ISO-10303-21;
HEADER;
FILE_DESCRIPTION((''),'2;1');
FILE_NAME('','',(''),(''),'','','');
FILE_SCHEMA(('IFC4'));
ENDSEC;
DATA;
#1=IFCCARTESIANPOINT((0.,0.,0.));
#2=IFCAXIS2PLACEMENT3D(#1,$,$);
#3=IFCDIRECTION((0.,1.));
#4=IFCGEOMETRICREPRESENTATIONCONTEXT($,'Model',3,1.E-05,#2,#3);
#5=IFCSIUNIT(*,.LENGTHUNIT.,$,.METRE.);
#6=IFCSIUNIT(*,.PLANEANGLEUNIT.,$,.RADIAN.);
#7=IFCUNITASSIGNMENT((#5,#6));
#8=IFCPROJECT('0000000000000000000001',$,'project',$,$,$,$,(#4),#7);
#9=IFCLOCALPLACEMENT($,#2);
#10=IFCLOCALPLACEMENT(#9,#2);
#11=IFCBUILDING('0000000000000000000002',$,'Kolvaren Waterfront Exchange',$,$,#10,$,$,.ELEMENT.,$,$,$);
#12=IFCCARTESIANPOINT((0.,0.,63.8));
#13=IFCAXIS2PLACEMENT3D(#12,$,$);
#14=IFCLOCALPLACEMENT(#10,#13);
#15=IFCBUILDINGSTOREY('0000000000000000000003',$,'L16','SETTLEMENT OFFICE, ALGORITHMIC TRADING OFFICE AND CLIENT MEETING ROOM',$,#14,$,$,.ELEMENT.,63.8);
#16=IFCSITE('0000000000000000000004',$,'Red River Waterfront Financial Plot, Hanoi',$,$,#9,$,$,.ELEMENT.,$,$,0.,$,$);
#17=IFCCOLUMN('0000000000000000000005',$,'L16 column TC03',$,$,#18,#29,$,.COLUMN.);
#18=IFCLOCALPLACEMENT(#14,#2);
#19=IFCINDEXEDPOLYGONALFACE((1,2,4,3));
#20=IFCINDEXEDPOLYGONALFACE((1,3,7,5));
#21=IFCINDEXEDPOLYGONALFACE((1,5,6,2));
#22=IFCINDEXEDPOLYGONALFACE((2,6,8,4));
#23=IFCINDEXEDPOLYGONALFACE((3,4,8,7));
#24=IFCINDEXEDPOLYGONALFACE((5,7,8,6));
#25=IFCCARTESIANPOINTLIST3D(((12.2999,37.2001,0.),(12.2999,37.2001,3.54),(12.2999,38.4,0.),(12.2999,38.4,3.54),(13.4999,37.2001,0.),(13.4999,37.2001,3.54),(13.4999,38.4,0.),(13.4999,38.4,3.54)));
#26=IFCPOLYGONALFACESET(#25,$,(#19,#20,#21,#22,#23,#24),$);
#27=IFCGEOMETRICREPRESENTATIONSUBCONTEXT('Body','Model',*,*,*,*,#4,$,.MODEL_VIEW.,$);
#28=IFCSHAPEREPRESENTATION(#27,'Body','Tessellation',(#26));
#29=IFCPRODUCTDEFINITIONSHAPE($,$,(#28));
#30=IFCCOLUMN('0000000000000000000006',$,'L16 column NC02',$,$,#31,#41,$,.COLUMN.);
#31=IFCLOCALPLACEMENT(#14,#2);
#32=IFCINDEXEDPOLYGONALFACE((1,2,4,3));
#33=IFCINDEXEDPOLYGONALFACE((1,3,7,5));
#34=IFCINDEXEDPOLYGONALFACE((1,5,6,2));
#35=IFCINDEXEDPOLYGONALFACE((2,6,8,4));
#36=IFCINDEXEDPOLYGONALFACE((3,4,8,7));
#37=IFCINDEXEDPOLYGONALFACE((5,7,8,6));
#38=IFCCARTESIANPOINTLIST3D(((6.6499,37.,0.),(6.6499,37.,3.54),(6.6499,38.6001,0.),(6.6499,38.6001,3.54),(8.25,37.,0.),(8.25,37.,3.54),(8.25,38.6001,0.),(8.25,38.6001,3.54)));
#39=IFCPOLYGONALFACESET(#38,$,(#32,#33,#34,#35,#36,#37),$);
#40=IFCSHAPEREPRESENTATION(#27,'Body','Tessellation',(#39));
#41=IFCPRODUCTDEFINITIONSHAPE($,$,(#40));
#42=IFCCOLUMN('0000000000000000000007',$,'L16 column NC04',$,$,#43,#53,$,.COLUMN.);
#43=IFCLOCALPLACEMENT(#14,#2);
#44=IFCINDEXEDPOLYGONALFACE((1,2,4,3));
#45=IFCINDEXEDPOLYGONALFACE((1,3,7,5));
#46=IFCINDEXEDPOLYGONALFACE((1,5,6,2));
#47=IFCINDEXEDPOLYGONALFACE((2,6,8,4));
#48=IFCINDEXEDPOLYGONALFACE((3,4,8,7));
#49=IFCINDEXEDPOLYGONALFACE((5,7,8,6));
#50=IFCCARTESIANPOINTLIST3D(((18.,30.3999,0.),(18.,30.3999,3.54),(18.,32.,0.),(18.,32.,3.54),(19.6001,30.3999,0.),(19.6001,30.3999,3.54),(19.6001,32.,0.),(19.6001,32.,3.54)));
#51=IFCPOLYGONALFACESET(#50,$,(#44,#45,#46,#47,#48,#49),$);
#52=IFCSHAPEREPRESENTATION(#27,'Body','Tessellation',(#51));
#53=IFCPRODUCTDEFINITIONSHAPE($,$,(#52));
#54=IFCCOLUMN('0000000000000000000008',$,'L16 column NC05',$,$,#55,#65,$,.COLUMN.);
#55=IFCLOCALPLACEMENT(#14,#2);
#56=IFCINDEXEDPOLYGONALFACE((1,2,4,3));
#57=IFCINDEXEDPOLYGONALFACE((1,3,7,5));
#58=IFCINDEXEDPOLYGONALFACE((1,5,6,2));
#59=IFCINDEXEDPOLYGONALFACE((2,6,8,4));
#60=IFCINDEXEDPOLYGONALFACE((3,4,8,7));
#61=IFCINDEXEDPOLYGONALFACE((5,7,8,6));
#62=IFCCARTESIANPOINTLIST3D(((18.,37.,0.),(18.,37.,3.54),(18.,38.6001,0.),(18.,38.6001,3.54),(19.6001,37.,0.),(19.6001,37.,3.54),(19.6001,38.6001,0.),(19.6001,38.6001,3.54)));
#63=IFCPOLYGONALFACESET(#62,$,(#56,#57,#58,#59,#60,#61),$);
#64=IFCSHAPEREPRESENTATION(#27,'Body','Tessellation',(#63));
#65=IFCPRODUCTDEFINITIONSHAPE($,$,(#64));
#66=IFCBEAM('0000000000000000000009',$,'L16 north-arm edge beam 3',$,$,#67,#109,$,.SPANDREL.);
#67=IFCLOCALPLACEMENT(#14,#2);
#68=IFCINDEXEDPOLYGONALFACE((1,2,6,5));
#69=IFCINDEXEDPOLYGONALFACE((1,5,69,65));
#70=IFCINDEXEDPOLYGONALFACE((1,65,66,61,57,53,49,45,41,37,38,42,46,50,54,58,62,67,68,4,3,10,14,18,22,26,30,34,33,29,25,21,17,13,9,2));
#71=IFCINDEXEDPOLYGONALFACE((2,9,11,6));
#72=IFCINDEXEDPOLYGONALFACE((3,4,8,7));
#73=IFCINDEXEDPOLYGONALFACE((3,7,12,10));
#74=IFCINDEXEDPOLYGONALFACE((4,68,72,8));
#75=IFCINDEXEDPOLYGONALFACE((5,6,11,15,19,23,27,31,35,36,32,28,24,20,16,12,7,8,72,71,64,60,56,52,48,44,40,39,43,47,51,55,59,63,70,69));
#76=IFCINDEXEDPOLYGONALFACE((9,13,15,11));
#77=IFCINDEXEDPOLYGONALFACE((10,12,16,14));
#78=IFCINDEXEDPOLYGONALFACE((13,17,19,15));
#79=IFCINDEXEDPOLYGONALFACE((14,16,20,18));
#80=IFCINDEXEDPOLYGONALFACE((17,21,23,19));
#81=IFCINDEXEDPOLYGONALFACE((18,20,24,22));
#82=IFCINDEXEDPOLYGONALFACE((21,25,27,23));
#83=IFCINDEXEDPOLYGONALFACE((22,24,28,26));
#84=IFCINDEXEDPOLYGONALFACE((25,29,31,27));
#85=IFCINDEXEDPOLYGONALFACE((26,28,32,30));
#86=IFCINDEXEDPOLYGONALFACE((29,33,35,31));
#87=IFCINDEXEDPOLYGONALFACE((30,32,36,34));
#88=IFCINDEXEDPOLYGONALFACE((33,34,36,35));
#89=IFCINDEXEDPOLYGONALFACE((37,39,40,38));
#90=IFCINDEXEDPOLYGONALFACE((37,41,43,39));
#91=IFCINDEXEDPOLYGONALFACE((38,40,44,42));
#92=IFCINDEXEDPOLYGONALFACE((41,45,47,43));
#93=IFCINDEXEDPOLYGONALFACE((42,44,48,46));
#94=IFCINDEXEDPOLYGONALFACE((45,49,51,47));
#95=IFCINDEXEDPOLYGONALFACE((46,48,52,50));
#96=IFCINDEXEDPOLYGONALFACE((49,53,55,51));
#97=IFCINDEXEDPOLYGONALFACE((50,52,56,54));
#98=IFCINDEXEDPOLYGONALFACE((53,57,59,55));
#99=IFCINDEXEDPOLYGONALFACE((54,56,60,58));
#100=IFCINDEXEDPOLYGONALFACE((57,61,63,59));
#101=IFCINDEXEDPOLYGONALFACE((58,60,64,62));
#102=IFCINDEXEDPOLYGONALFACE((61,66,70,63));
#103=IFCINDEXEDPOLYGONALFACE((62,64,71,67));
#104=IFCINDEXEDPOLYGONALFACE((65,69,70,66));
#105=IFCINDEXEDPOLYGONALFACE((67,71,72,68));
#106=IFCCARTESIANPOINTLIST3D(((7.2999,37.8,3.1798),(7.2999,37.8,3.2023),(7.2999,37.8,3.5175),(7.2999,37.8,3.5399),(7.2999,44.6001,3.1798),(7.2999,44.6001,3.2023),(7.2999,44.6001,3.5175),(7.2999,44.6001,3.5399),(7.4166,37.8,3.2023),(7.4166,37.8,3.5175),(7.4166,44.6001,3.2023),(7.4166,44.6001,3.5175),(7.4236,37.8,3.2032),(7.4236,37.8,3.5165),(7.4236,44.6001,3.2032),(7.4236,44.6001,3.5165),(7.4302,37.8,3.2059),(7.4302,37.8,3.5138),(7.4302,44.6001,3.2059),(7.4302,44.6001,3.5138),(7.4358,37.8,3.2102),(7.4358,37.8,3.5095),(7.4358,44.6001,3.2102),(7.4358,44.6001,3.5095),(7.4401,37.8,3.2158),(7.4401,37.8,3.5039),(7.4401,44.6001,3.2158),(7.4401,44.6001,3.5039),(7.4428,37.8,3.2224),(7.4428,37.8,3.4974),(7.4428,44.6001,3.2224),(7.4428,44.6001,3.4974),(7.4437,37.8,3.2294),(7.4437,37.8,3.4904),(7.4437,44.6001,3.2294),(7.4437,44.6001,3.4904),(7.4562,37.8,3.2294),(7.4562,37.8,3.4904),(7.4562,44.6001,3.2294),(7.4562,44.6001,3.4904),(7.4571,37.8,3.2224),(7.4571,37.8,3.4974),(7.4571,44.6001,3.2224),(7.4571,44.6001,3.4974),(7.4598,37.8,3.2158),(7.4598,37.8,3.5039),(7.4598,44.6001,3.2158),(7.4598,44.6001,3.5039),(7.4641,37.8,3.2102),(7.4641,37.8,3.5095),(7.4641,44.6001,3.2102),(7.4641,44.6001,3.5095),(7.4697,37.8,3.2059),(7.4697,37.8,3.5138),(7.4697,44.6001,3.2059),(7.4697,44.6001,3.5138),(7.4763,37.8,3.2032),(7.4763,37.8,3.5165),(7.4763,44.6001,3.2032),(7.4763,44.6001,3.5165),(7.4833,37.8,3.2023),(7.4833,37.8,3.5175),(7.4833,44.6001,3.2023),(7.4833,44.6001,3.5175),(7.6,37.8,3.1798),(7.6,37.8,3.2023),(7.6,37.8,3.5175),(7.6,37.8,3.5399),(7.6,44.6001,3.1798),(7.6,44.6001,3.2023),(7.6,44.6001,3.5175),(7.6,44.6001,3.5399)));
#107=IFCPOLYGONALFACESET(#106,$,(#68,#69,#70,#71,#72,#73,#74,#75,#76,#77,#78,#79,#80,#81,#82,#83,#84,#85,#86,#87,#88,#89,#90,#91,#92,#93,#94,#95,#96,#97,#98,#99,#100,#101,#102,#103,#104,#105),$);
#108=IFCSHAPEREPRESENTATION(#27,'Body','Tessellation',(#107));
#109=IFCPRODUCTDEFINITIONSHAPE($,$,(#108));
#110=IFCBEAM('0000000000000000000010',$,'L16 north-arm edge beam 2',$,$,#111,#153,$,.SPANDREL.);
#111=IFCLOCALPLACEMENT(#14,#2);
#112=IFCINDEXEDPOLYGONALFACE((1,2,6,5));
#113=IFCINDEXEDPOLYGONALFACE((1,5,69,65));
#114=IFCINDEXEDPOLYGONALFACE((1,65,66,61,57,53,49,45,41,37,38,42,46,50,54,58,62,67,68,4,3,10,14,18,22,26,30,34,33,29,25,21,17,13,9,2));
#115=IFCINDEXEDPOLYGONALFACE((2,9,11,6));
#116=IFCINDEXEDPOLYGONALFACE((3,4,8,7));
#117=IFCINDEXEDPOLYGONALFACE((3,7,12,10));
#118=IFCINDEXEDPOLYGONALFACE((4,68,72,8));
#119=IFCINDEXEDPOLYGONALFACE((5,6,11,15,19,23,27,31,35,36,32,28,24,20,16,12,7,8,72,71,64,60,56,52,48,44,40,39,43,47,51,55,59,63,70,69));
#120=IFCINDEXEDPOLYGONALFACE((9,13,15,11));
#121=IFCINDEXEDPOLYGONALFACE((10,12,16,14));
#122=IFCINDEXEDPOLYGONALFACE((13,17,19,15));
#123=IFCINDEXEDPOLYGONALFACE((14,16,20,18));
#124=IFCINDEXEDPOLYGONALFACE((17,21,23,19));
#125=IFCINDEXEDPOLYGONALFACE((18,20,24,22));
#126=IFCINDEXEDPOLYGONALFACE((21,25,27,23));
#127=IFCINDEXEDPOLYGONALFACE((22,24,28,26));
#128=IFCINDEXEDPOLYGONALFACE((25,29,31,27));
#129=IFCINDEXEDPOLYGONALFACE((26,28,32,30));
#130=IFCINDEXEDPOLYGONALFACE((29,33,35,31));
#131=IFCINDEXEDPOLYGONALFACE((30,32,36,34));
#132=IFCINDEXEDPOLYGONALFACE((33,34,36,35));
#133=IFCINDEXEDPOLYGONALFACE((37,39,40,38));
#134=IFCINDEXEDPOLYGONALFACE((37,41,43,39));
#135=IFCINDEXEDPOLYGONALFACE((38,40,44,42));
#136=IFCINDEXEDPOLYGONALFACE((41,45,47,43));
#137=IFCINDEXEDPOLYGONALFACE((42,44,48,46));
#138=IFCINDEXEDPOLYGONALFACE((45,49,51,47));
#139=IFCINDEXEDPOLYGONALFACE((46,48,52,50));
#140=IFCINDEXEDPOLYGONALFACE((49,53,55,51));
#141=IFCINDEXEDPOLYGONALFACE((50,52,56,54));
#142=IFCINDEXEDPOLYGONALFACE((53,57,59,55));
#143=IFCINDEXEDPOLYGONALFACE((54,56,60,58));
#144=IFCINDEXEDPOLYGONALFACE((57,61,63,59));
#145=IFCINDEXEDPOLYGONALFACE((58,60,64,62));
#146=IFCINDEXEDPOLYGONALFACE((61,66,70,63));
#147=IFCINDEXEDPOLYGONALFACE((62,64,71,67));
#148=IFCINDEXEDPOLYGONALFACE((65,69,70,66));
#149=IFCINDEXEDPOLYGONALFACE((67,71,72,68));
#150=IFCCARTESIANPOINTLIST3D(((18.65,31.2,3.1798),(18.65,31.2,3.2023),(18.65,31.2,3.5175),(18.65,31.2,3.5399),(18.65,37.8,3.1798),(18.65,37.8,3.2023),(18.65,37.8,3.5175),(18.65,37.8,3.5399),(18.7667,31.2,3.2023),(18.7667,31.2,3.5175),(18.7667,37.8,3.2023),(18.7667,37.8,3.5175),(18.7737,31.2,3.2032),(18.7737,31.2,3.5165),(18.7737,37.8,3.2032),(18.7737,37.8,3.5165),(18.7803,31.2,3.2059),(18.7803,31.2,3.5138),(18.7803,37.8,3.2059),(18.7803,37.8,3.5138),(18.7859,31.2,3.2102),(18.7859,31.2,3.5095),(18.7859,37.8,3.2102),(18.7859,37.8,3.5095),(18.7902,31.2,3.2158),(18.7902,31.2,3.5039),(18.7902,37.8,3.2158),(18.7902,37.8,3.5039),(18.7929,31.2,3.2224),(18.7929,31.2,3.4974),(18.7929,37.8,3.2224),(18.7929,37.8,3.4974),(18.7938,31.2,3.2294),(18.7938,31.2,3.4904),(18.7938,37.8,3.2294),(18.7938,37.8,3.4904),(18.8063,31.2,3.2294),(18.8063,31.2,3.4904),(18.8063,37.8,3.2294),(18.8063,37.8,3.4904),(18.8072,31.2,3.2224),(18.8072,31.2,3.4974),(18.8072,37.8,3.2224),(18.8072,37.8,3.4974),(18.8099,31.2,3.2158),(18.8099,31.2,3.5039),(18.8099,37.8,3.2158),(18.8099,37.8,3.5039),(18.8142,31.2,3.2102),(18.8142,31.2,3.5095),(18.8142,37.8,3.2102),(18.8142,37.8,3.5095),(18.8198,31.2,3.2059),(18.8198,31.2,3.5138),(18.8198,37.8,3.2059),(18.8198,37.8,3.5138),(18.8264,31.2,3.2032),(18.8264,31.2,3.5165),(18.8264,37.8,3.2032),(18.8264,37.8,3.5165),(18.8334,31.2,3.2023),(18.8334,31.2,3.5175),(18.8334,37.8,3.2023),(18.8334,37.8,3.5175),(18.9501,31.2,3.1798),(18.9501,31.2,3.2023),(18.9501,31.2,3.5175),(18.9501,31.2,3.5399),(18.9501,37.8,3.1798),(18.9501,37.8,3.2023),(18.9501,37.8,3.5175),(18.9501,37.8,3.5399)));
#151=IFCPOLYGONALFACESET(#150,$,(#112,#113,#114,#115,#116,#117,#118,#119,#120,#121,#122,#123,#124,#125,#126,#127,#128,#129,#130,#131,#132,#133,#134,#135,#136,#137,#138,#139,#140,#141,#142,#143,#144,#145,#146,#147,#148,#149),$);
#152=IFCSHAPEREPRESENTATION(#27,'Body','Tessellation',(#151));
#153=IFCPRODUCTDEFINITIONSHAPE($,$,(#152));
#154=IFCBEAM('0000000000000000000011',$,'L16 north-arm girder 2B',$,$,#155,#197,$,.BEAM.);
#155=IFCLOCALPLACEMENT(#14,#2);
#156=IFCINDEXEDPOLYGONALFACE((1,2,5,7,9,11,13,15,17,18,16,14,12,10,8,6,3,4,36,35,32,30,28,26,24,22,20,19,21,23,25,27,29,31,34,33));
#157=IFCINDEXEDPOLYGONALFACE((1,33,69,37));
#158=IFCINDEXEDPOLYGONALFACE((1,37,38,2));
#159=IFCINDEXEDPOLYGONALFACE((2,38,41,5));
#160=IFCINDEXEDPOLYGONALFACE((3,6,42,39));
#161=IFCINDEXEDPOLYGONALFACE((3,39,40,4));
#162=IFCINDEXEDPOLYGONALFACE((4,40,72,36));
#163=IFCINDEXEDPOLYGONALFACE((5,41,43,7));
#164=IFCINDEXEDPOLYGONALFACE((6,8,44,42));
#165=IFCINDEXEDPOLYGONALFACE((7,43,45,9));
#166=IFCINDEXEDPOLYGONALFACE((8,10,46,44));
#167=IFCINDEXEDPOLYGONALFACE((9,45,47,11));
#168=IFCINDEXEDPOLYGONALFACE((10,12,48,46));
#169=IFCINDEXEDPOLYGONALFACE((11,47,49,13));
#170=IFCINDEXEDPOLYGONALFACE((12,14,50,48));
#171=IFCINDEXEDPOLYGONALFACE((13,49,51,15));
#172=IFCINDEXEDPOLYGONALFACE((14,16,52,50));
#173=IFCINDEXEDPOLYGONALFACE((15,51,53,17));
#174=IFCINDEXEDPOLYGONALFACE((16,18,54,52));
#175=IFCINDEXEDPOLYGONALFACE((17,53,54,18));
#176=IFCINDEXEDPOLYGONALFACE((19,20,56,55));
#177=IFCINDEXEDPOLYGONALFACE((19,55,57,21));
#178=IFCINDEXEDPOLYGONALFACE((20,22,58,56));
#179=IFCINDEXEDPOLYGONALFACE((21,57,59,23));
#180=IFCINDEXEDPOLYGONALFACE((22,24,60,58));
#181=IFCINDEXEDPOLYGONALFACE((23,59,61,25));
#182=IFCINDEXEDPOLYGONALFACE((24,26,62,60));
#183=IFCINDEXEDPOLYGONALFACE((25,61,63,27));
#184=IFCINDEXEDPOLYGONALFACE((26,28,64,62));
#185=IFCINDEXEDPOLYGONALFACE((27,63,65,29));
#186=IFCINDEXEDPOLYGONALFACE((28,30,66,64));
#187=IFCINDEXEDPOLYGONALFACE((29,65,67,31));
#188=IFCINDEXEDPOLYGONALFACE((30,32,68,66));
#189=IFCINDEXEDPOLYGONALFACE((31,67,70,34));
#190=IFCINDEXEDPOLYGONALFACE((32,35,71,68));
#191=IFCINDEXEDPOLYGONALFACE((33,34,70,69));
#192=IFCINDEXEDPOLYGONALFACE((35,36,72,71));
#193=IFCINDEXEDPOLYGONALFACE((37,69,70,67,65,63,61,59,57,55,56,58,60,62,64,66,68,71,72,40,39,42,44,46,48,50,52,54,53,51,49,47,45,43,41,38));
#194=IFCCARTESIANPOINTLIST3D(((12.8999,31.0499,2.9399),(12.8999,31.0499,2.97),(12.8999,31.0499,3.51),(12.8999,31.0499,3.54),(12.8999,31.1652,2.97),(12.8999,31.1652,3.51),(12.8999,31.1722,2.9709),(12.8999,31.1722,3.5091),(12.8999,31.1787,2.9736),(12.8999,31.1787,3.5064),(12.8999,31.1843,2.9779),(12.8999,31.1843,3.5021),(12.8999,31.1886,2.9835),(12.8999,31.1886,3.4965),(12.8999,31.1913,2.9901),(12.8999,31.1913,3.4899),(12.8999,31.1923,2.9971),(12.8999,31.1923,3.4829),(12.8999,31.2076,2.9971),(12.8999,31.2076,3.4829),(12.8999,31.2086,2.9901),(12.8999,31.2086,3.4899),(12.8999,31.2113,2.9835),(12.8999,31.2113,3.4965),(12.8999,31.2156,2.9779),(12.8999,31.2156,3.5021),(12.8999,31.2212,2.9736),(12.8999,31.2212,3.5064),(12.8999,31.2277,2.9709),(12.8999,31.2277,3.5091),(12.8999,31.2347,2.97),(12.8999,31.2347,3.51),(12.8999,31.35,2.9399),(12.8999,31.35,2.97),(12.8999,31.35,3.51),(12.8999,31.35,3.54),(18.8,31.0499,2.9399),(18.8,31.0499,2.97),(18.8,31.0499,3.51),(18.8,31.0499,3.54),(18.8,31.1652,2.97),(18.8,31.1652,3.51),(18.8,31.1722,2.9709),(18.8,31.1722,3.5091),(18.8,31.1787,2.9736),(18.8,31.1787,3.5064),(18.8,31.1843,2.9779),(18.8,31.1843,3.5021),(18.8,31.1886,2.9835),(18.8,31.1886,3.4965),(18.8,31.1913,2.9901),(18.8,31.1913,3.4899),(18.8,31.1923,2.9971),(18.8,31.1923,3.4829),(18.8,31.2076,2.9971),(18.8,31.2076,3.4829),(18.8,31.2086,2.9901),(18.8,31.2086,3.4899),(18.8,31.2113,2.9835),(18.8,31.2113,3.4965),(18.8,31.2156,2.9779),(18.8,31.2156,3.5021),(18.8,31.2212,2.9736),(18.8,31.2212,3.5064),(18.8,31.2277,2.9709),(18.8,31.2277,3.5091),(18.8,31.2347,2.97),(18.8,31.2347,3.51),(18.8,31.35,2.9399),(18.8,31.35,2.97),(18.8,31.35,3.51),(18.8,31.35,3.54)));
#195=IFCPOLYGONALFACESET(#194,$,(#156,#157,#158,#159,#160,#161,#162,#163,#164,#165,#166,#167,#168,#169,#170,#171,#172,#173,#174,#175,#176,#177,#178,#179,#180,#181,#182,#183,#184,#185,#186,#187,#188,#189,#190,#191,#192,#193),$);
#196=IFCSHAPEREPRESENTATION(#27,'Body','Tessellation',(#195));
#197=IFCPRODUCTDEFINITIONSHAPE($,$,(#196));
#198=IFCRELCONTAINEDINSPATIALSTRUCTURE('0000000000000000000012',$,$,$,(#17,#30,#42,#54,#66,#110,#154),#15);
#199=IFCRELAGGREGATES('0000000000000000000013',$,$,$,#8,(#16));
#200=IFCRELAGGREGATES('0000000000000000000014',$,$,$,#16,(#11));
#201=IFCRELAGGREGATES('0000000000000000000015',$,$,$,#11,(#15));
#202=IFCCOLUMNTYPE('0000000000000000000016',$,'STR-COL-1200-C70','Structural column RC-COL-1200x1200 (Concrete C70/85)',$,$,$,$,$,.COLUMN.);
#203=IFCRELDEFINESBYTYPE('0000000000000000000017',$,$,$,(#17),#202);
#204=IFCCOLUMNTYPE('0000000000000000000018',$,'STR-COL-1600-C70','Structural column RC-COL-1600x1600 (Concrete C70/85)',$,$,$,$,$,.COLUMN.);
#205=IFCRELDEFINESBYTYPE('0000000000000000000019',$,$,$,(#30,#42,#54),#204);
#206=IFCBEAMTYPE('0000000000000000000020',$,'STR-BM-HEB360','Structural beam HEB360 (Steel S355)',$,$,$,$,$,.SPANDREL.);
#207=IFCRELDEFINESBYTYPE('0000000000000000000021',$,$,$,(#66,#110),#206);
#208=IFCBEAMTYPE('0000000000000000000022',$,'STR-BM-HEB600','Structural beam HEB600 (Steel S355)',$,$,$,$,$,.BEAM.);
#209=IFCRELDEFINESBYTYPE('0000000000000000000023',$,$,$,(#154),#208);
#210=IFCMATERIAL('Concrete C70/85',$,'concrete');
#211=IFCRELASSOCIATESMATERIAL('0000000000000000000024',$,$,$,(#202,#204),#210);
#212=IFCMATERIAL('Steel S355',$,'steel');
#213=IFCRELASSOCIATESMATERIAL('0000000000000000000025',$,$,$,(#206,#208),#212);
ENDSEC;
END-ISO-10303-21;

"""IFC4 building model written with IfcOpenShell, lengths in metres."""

from ifc_helpers import new_model, si_unit, direction, frame, origin, origin_2d, place, context, subcontext, project, spatial, rectangle, i_section, extrude, material, material_profile, profile_set, type_object, element, save


model = new_model("IFC4")

# Units and contexts
model_context = context("Model", 3, precision=1e-05, world=origin(), true_north=direction((0.0, 1.0)))
body_context = subcontext(model_context, "Body", "Model", "MODEL_VIEW")
ifc_project = project(units=[si_unit("LENGTHUNIT", "METRE"), si_unit("PLANEANGLEUNIT", "RADIAN")], contexts=[model_context])

# Site, building, storey
site_placement = place(None, origin())
site = spatial("IfcSite", under=ifc_project, at=site_placement, Name="Red River Waterfront Financial Plot, Hanoi", CompositionType="ELEMENT", RefElevation=0.0)
building_placement = place(site_placement, origin())
building = spatial("IfcBuilding", under=site, at=building_placement, Name="Kolvaren Waterfront Exchange", CompositionType="ELEMENT")
storey_placement = place(building_placement, frame((0.0, 0.0, 63.8)))
storey = spatial("IfcBuildingStorey", under=building, at=storey_placement, Name="L16", Description="SETTLEMENT OFFICE, ALGORITHMIC TRADING OFFICE AND CLIENT MEETING ROOM", CompositionType="ELEMENT", Elevation=63.8)

# Columns
ifc_material_1 = material(Name="Concrete C70/85", Category="concrete")
ifc_material_profile_1 = material_profile(ifc_material_1, rectangle(XDim=1.2, YDim=1.2, at=origin_2d()), Name="RC-COL-1200x1200")
ifc_profile_set_1 = profile_set([ifc_material_profile_1], Name="Concrete C70/85")
column_type_1 = type_object("IfcColumnType", Name="STR-COL-1200-C70", Description="Structural column RC-COL-1200x1200 (Concrete C70/85)", PredefinedType="COLUMN", material=ifc_profile_set_1)
column_placement = place(storey_placement, frame((12.8999, 37.8, 0.0), z_axis=(0.0, 0.0, 1.0), x_axis=(1.0, 0.0, 0.0)))
element("IfcColumn", 1, at=column_placement, inside=storey, type_object=column_type_1, Name="L16 column TC03", PredefinedType="COLUMN", context=body_context, shape_type="SweptSolid", body=[
    extrude(rectangle(XDim=1.2, YDim=1.2, at=origin_2d()), origin(), (0.0, 0.0, 1.0), 3.54),
])
ifc_material_profile_2 = material_profile(ifc_material_1, rectangle(XDim=1.6001, YDim=1.6001, at=origin_2d()), Name="RC-COL-1600x1600")
ifc_profile_set_2 = profile_set([ifc_material_profile_2], Name="Concrete C70/85")
column_type_2 = type_object("IfcColumnType", Name="STR-COL-1600-C70", Description="Structural column RC-COL-1600x1600 (Concrete C70/85)", PredefinedType="COLUMN", material=ifc_profile_set_2)
for number, where, z_axis, x_axis, name in (
    (2, (7.45, 37.8, 0.0), (0.0, 0.0, 1.0), (1.0, 0.0, 0.0), "L16 column NC02"),
    (3, (18.8, 31.2, 0.0), (0.0, 0.0, 1.0), (1.0, 0.0, 0.0), "L16 column NC04"),
    (4, (18.8, 37.8, 0.0), (0.0, 0.0, 1.0), (1.0, 0.0, 0.0), "L16 column NC05"),
):
    element("IfcColumn", number, at=place(storey_placement, frame(where, z_axis=z_axis, x_axis=x_axis)), inside=storey, type_object=column_type_2, Name=name, PredefinedType="COLUMN", context=body_context, shape_type="SweptSolid", body=[
        extrude(rectangle(XDim=1.6001, YDim=1.6001, at=origin_2d()), origin(), (0.0, 0.0, 1.0), 3.54),
    ])

# Beams
ifc_material_2 = material(Name="Steel S355", Category="steel")
ifc_material_profile_3 = material_profile(ifc_material_2, i_section(OverallWidth=0.3, OverallDepth=0.3601, WebThickness=0.0125, FlangeThickness=0.0225, FilletRadius=0.0271, at=origin_2d()), Name="HEB360")
ifc_profile_set_3 = profile_set([ifc_material_profile_3], Name="Steel S355")
beam_type_1 = type_object("IfcBeamType", Name="STR-BM-HEB360", Description="Structural beam HEB360 (Steel S355)", PredefinedType="SPANDREL", material=ifc_profile_set_3)
beam_1_placement = place(storey_placement, frame((7.45, 37.8, 3.3599), z_axis=(0.0, 1.0, 0.0), x_axis=(-1.0, 0.0, 0.0)))
element("IfcBeam", 5, at=beam_1_placement, inside=storey, type_object=beam_type_1, Name="L16 north-arm edge beam 3", PredefinedType="SPANDREL", context=body_context, shape_type="SweptSolid", body=[
    extrude(i_section(OverallWidth=0.3, OverallDepth=0.3601, WebThickness=0.0125, FlangeThickness=0.0225, FilletRadius=0.0271, at=origin_2d()), origin(), (0.0, 0.0, 1.0), 6.8),
])
beam_2_placement = place(storey_placement, frame((18.8, 31.2, 3.3599), z_axis=(0.0, 1.0, 0.0), x_axis=(-1.0, 0.0, 0.0)))
element("IfcBeam", 6, at=beam_2_placement, inside=storey, type_object=beam_type_1, Name="L16 north-arm edge beam 2", PredefinedType="SPANDREL", context=body_context, shape_type="SweptSolid", body=[
    extrude(i_section(OverallWidth=0.3, OverallDepth=0.3601, WebThickness=0.0125, FlangeThickness=0.0225, FilletRadius=0.0271, at=origin_2d()), origin(), (0.0, 0.0, 1.0), 6.6001),
])
ifc_material_profile_4 = material_profile(ifc_material_2, i_section(OverallWidth=0.3, OverallDepth=0.6001, WebThickness=0.0154, FlangeThickness=0.03, FilletRadius=0.0271, at=origin_2d()), Name="HEB600")
ifc_profile_set_4 = profile_set([ifc_material_profile_4], Name="Steel S355")
beam_type_2 = type_object("IfcBeamType", Name="STR-BM-HEB600", Description="Structural beam HEB600 (Steel S355)", PredefinedType="BEAM", material=ifc_profile_set_4)
beam_3_placement = place(storey_placement, frame((12.8999, 31.2, 3.24), z_axis=(1.0, 0.0, 0.0), x_axis=(0.0, 1.0, 0.0)))
element("IfcBeam", 7, at=beam_3_placement, inside=storey, type_object=beam_type_2, Name="L16 north-arm girder 2B", PredefinedType="BEAM", context=body_context, shape_type="SweptSolid", body=[
    extrude(i_section(OverallWidth=0.3, OverallDepth=0.6001, WebThickness=0.0154, FlangeThickness=0.03, FilletRadius=0.0271, at=origin_2d()), origin(), (0.0, 0.0, 1.0), 5.9001),
])

save(model, "model.ifc")
